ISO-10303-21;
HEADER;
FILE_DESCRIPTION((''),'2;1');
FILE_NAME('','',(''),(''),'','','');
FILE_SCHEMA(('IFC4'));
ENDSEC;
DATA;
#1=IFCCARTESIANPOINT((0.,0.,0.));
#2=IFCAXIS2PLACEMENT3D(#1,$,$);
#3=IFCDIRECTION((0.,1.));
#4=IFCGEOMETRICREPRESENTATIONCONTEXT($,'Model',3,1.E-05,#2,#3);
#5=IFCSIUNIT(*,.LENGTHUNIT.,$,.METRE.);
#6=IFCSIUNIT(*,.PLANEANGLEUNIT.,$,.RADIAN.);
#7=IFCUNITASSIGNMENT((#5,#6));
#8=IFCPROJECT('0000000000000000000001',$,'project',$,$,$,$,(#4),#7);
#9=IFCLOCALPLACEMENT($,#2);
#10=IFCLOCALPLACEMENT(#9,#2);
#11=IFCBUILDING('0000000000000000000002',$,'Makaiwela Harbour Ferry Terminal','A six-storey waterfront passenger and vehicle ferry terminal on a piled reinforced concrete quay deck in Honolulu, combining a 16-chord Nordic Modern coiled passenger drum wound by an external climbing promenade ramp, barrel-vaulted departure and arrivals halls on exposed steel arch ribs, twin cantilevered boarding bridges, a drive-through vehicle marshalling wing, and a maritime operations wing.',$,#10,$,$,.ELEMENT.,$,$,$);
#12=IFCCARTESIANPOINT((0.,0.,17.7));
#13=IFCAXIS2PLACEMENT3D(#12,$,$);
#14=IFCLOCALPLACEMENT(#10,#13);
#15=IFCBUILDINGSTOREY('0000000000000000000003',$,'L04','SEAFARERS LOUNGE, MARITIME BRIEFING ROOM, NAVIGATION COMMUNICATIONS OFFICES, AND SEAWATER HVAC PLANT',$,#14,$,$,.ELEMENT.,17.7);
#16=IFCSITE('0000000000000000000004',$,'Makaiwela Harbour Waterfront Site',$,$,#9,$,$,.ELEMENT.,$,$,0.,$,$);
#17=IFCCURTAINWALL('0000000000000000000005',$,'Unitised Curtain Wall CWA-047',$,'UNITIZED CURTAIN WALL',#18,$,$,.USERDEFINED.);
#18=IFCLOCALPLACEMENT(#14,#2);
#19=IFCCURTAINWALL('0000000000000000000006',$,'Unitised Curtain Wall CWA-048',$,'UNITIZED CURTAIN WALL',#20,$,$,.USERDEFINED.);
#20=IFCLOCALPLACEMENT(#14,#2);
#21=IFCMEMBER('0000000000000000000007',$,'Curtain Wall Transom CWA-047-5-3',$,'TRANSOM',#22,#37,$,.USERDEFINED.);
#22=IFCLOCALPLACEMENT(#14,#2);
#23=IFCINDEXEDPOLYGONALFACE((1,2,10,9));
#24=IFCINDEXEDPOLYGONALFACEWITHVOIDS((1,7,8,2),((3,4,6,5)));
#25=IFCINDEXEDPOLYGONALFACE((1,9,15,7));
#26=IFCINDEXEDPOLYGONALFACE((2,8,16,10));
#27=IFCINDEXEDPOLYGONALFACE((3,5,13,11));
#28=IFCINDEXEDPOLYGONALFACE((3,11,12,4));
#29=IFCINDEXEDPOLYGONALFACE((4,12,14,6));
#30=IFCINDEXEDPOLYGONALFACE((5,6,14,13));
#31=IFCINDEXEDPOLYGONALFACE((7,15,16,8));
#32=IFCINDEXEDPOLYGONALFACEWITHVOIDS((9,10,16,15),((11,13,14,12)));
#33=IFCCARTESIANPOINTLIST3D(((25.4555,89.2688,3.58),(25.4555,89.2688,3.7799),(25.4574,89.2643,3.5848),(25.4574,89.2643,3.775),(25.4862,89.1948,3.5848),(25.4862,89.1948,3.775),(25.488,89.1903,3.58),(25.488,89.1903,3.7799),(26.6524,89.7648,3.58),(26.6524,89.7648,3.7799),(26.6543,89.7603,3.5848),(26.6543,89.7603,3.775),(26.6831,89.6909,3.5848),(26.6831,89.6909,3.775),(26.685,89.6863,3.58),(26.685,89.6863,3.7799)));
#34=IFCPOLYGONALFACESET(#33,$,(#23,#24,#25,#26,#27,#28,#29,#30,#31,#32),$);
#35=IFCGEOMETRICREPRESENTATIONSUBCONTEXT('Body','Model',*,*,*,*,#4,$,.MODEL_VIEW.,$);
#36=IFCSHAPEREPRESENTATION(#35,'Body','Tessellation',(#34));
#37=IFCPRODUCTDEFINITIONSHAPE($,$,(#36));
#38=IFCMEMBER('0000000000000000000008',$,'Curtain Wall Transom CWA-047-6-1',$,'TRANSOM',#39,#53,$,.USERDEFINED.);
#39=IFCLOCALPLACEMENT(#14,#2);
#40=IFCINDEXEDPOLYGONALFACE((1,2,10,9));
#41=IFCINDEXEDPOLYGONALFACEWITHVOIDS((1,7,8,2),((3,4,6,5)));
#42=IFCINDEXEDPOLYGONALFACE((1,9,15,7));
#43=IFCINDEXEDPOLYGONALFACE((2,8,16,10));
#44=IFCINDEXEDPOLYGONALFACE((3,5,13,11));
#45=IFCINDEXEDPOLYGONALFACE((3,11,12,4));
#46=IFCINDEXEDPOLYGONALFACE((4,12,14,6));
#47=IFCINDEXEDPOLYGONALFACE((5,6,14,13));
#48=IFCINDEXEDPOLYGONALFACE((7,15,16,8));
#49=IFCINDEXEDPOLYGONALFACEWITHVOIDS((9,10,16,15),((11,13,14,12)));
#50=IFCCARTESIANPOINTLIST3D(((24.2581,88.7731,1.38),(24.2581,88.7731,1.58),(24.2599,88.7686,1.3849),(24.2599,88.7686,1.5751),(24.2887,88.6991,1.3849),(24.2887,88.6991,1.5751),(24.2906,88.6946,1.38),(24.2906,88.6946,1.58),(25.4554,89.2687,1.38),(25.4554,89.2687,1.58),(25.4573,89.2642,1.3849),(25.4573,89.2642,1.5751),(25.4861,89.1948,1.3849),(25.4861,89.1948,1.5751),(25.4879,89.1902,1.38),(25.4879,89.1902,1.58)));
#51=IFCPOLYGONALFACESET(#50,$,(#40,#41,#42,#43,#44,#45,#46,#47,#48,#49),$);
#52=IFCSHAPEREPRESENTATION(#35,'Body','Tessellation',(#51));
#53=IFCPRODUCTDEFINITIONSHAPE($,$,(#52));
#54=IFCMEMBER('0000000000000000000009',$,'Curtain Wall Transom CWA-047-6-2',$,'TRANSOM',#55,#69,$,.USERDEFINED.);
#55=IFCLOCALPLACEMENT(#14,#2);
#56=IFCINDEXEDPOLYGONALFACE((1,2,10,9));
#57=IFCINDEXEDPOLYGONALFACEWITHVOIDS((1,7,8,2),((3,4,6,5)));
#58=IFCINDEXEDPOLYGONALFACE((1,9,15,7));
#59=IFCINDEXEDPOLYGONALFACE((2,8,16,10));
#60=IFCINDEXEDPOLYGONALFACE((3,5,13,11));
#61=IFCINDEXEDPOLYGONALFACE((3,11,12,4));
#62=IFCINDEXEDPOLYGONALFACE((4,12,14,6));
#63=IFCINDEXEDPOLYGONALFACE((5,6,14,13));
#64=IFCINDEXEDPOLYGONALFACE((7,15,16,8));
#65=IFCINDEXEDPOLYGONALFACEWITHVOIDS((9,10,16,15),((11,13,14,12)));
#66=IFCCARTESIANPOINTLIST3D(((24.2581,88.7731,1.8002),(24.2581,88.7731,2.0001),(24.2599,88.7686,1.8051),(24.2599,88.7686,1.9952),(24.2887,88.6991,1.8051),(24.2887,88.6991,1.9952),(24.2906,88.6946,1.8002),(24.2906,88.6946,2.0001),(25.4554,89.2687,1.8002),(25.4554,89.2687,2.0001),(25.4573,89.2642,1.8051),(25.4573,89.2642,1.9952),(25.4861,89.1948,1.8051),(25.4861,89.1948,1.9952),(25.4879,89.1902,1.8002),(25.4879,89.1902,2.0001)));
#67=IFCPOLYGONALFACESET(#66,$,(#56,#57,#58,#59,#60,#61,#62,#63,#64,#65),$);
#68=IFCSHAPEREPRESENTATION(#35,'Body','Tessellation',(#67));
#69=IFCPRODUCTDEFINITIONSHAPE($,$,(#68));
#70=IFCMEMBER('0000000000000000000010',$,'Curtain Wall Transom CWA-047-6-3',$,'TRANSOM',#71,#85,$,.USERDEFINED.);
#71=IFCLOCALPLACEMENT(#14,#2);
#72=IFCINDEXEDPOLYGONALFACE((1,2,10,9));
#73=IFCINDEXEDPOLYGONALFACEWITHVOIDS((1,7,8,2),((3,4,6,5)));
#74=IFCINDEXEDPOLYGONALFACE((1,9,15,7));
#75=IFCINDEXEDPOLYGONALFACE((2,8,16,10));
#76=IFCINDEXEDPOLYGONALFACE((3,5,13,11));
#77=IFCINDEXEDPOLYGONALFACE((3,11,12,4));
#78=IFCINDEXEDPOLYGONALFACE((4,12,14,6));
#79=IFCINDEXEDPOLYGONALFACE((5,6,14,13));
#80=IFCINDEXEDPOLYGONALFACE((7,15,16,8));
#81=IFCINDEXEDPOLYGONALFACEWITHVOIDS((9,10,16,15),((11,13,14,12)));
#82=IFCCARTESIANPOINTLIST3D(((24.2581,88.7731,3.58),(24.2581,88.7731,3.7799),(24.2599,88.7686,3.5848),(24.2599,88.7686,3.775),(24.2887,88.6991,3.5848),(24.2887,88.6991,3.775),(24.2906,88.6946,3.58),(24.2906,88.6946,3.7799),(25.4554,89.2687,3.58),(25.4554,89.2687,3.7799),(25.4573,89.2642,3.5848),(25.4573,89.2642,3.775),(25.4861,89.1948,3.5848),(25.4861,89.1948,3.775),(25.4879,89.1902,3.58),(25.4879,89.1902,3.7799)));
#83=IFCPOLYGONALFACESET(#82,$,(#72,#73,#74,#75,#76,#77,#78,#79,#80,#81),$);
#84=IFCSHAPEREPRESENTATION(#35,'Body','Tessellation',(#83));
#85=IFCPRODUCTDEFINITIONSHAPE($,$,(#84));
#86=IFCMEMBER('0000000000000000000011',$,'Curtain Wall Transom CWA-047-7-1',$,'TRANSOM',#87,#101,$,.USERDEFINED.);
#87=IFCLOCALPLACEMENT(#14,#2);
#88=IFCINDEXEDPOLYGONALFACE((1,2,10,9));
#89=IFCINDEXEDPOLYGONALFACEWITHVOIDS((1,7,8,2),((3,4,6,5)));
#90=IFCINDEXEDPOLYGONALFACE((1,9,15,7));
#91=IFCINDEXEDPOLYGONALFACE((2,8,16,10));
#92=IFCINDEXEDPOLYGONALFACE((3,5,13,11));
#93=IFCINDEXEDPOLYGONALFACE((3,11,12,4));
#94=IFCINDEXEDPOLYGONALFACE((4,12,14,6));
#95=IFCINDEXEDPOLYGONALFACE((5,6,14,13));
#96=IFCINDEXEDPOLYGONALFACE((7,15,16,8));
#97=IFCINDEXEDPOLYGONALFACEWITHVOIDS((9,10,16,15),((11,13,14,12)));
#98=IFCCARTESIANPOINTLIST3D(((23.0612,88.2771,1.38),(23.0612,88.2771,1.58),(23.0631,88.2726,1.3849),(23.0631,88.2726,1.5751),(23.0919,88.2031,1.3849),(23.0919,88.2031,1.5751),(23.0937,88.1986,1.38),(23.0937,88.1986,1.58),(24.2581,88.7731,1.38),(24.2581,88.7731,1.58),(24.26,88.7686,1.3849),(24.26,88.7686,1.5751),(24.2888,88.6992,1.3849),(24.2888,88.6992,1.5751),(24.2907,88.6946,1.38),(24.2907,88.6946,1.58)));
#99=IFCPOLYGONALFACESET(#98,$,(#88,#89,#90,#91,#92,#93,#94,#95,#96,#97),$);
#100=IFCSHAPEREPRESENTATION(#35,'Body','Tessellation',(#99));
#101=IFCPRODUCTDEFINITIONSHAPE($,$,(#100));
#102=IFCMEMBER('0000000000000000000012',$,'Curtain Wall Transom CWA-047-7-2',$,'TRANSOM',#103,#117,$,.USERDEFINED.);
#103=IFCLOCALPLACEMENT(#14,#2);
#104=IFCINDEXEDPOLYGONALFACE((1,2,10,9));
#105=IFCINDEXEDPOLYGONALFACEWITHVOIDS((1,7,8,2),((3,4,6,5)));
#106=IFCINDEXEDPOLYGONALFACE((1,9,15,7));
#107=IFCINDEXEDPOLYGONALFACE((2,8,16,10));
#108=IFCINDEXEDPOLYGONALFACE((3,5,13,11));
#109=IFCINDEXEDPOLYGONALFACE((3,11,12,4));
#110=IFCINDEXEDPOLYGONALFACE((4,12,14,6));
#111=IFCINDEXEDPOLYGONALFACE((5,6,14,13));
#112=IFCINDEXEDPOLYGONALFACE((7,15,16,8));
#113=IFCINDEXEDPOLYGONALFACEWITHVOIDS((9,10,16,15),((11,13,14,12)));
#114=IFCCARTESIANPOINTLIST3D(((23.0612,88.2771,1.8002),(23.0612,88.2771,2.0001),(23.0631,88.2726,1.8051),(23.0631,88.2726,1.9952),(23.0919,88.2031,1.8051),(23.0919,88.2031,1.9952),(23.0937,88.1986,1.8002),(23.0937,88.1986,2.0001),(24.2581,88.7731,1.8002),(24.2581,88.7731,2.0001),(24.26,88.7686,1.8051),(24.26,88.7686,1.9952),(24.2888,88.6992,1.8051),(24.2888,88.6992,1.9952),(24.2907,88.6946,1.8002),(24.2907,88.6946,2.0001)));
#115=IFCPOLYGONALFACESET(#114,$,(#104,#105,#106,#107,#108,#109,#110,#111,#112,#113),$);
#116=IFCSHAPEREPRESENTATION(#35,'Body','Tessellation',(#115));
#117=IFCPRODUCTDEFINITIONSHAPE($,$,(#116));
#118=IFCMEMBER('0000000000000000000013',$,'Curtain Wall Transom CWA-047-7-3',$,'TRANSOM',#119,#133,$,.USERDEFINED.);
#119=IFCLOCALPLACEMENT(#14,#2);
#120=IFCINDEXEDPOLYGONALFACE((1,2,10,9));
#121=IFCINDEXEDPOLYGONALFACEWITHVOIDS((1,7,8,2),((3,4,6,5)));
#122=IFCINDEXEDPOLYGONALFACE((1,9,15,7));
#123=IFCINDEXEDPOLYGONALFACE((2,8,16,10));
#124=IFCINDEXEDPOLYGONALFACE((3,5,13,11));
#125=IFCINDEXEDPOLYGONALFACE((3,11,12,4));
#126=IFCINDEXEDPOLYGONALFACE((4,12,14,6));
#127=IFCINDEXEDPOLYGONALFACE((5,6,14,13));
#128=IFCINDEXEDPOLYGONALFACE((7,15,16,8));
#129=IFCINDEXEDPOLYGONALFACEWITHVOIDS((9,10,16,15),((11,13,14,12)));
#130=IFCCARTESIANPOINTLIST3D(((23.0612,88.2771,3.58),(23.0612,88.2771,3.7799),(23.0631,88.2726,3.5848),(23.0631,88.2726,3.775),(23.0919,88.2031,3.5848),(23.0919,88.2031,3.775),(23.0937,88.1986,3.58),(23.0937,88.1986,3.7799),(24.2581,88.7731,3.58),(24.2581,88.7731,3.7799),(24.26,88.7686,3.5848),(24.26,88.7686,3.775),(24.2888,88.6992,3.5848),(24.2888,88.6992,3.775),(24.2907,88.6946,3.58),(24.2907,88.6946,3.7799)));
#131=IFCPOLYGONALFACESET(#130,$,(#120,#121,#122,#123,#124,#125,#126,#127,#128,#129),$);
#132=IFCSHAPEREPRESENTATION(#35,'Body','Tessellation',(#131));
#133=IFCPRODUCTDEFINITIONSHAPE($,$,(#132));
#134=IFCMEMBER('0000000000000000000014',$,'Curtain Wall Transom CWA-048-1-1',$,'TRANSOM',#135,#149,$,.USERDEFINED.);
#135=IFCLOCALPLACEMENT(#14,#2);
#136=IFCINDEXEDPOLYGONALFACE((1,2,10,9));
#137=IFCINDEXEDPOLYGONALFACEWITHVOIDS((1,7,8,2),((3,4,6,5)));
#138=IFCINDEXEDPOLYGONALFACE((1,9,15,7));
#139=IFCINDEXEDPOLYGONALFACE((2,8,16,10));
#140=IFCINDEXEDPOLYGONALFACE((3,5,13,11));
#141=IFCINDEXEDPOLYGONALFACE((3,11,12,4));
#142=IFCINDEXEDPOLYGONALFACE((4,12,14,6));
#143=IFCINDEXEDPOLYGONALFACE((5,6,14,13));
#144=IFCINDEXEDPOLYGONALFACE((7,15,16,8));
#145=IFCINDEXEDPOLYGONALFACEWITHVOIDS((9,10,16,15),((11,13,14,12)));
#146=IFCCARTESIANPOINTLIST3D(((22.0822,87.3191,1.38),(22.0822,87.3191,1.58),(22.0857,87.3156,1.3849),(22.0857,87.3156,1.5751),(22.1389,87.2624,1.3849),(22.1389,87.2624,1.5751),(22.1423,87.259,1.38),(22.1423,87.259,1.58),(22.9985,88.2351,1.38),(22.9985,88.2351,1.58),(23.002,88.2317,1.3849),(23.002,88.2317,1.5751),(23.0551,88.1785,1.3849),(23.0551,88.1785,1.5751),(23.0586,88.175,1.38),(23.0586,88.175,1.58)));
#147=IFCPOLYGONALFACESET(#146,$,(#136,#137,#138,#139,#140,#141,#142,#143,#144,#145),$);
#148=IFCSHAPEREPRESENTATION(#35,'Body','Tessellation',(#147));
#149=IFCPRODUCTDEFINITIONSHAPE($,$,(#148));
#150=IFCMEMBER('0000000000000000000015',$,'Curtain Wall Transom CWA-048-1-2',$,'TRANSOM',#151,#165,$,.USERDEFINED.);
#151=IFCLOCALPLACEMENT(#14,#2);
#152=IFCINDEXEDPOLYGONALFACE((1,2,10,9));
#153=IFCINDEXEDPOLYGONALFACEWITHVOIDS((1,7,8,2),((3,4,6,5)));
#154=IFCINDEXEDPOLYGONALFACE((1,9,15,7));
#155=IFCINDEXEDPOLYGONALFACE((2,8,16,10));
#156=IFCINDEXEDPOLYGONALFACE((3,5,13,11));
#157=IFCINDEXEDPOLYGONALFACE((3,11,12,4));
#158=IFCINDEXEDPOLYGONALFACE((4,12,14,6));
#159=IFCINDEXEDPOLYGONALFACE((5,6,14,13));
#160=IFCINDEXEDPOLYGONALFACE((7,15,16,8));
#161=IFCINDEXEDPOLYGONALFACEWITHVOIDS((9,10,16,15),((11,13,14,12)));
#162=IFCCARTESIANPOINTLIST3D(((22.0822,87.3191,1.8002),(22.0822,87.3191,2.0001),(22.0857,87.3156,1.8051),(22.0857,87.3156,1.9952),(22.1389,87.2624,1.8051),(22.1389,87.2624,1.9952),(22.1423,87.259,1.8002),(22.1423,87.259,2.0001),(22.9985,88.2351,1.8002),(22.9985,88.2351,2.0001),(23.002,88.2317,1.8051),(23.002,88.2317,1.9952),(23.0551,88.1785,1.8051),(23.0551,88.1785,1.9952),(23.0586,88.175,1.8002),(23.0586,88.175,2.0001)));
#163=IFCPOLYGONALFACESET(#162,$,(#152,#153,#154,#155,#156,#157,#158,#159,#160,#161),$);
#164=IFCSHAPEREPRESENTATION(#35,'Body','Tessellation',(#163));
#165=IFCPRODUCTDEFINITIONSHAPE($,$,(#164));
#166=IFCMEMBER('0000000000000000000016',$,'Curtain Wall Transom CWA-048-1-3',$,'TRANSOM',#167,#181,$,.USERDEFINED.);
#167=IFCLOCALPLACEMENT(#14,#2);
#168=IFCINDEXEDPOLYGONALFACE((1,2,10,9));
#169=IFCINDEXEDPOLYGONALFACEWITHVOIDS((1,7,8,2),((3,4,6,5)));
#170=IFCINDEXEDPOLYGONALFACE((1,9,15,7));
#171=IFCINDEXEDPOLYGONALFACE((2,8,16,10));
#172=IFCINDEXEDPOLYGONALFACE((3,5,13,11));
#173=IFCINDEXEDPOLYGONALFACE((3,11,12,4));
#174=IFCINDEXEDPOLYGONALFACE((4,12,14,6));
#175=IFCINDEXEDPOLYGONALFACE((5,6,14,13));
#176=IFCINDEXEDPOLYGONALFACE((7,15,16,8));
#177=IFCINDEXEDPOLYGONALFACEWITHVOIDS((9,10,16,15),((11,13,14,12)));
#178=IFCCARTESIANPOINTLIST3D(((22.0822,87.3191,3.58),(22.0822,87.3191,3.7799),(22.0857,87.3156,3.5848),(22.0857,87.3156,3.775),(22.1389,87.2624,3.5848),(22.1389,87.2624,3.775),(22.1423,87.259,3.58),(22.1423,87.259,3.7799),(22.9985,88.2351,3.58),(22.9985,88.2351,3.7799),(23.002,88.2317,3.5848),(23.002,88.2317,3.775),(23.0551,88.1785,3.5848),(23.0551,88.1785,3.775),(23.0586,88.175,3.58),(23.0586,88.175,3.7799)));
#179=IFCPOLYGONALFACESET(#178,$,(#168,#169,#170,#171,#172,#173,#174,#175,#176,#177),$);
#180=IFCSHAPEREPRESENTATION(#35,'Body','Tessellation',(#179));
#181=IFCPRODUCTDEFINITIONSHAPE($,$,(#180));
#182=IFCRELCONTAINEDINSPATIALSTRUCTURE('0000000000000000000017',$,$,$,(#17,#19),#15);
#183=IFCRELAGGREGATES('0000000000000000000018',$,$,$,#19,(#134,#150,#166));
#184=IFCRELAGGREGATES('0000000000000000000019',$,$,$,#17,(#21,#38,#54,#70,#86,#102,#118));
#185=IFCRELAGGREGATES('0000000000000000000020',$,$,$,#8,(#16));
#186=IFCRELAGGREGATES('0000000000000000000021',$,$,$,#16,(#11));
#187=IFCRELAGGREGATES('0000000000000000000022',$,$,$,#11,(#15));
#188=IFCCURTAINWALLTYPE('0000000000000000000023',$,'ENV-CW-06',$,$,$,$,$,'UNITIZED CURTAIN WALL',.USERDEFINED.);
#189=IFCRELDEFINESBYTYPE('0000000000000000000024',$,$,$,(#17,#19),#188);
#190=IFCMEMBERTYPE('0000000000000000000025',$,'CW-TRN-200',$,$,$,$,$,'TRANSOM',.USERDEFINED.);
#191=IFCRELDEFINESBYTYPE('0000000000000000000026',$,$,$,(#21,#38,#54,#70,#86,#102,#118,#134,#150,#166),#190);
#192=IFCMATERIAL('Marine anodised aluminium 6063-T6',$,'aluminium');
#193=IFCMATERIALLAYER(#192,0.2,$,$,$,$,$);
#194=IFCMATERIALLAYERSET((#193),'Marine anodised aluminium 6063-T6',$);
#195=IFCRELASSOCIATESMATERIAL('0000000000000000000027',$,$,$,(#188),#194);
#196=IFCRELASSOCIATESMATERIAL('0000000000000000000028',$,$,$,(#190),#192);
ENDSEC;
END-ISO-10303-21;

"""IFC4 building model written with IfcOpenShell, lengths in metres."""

from ifc_helpers import new_model, si_unit, direction, frame, origin, origin_2d, place, context, subcontext, project, spatial, hollow_rectangle, extrude, material, layer, layer_set, material_profile, profile_set, type_object, element, aggregate, save


model = new_model("IFC4")

# Units and contexts
model_context = context("Model", 3, precision=1e-05, world=origin(), true_north=direction((0.0, 1.0)))
body_context = subcontext(model_context, "Body", "Model", "MODEL_VIEW")
ifc_project = project(units=[si_unit("LENGTHUNIT", "METRE"), si_unit("PLANEANGLEUNIT", "RADIAN")], contexts=[model_context])

# Site, building, storey
site_placement = place(None, origin())
site = spatial("IfcSite", under=ifc_project, at=site_placement, Name="Makaiwela Harbour Waterfront Site", CompositionType="ELEMENT", RefElevation=0.0)
building_placement = place(site_placement, origin())
building = spatial("IfcBuilding", under=site, at=building_placement, Name="Makaiwela Harbour Ferry Terminal", Description="A six-storey waterfront passenger and vehicle ferry terminal on a piled reinforced concrete quay deck in Honolulu, combining a 16-chord Nordic Modern coiled passenger drum wound by an external climbing promenade ramp, barrel-vaulted departure and arrivals halls on exposed steel arch ribs, twin cantilevered boarding bridges, a drive-through vehicle marshalling wing, and a maritime operations wing.", CompositionType="ELEMENT")
storey_placement = place(building_placement, frame((0.0, 0.0, 17.7)))
storey = spatial("IfcBuildingStorey", under=building, at=storey_placement, Name="L04", Description="SEAFARERS LOUNGE, MARITIME BRIEFING ROOM, NAVIGATION COMMUNICATIONS OFFICES, AND SEAWATER HVAC PLANT", CompositionType="ELEMENT", Elevation=17.7)

# Curtain wall
ifc_material_1 = material(Name="Marine anodised aluminium 6063-T6", Category="aluminium")
ifc_layer_1 = layer(ifc_material_1, 0.2)
ifc_layer_set_1 = layer_set([ifc_layer_1], Name="Marine anodised aluminium 6063-T6")
curtain_wall_type = type_object("IfcCurtainWallType", Name="ENV-CW-06", ElementType="UNITIZED CURTAIN WALL", PredefinedType="USERDEFINED", material=ifc_layer_set_1)
curtain_wall_1_placement = place(storey_placement, origin())
curtain_wall_1 = element("IfcCurtainWall", 1, at=curtain_wall_1_placement, inside=storey, type_object=curtain_wall_type, Name="Unitised Curtain Wall CWA-047", ObjectType="UNITIZED CURTAIN WALL", PredefinedType="USERDEFINED")

# Curtain wall
curtain_wall_2_placement = place(storey_placement, origin())
curtain_wall_2 = element("IfcCurtainWall", 2, at=curtain_wall_2_placement, inside=storey, type_object=curtain_wall_type, Name="Unitised Curtain Wall CWA-048", ObjectType="UNITIZED CURTAIN WALL", PredefinedType="USERDEFINED")

# Members
ifc_material_profile_1 = material_profile(ifc_material_1, hollow_rectangle(XDim=0.085, YDim=0.2, WallThickness=0.0049, at=origin_2d()), Name="CWT-200X85")
ifc_profile_set_1 = profile_set([ifc_material_profile_1], Name="Marine anodised aluminium 6063-T6")
member_type_1 = type_object("IfcMemberType", Name="CW-TRN-200", ElementType="TRANSOM", PredefinedType="USERDEFINED", material=ifc_profile_set_1)
member_1_placement = place(storey_placement, frame((26.6687, 89.7256, 3.6799), z_axis=(-0.923806, -0.382862, 0.0), x_axis=(0.382862, -0.923806, 0.0)))
member_1 = element("IfcMember", 3, at=member_1_placement, type_object=member_type_1, Name="Curtain Wall Transom CWA-047-5-3", ObjectType="TRANSOM", PredefinedType="USERDEFINED", context=body_context, shape_type="SweptSolid", body=[
    extrude(hollow_rectangle(XDim=0.085, YDim=0.2, WallThickness=0.0049, at=origin_2d()), origin(), (0.0, 0.0, 1.0), 1.2957),
])
member_2_placement = place(storey_placement, frame((25.4717, 89.2295, 1.48), z_axis=(-0.923966, -0.382474, 0.0), x_axis=(0.382474, -0.923966, 0.0)))
member_2 = element("IfcMember", 4, at=member_2_placement, type_object=member_type_1, Name="Curtain Wall Transom CWA-047-6-1", ObjectType="TRANSOM", PredefinedType="USERDEFINED", context=body_context, shape_type="SweptSolid", body=[
    extrude(hollow_rectangle(XDim=0.085, YDim=0.2, WallThickness=0.0049, at=origin_2d()), origin(), (0.0, 0.0, 1.0), 1.2959),
])
member_3_placement = place(storey_placement, frame((25.4717, 89.2295, 1.9001), z_axis=(-0.923966, -0.382474, 0.0), x_axis=(0.382474, -0.923966, 0.0)))
member_3 = element("IfcMember", 5, at=member_3_placement, type_object=member_type_1, Name="Curtain Wall Transom CWA-047-6-2", ObjectType="TRANSOM", PredefinedType="USERDEFINED", context=body_context, shape_type="SweptSolid", body=[
    extrude(hollow_rectangle(XDim=0.085, YDim=0.2, WallThickness=0.0049, at=origin_2d()), origin(), (0.0, 0.0, 1.0), 1.2959),
])
member_4_placement = place(storey_placement, frame((25.4717, 89.2295, 3.6799), z_axis=(-0.923966, -0.382474, 0.0), x_axis=(0.382474, -0.923966, 0.0)))
member_4 = element("IfcMember", 6, at=member_4_placement, type_object=member_type_1, Name="Curtain Wall Transom CWA-047-6-3", ObjectType="TRANSOM", PredefinedType="USERDEFINED", context=body_context, shape_type="SweptSolid", body=[
    extrude(hollow_rectangle(XDim=0.085, YDim=0.2, WallThickness=0.0049, at=origin_2d()), origin(), (0.0, 0.0, 1.0), 1.2959),
])
member_5_placement = place(storey_placement, frame((24.2744, 88.7339, 1.48), z_axis=(-0.923806, -0.382862, 0.0), x_axis=(0.382862, -0.923806, 0.0)))
member_5 = element("IfcMember", 7, at=member_5_placement, type_object=member_type_1, Name="Curtain Wall Transom CWA-047-7-1", ObjectType="TRANSOM", PredefinedType="USERDEFINED", context=body_context, shape_type="SweptSolid", body=[
    extrude(hollow_rectangle(XDim=0.085, YDim=0.2, WallThickness=0.0049, at=origin_2d()), origin(), (0.0, 0.0, 1.0), 1.2957),
])
member_6_placement = place(storey_placement, frame((24.2744, 88.7339, 1.9001), z_axis=(-0.923806, -0.382862, 0.0), x_axis=(0.382862, -0.923806, 0.0)))
member_6 = element("IfcMember", 8, at=member_6_placement, type_object=member_type_1, Name="Curtain Wall Transom CWA-047-7-2", ObjectType="TRANSOM", PredefinedType="USERDEFINED", context=body_context, shape_type="SweptSolid", body=[
    extrude(hollow_rectangle(XDim=0.085, YDim=0.2, WallThickness=0.0049, at=origin_2d()), origin(), (0.0, 0.0, 1.0), 1.2957),
])
member_7_placement = place(storey_placement, frame((24.2744, 88.7339, 3.6799), z_axis=(-0.923806, -0.382862, 0.0), x_axis=(0.382862, -0.923806, 0.0)))
member_7 = element("IfcMember", 9, at=member_7_placement, type_object=member_type_1, Name="Curtain Wall Transom CWA-047-7-3", ObjectType="TRANSOM", PredefinedType="USERDEFINED", context=body_context, shape_type="SweptSolid", body=[
    extrude(hollow_rectangle(XDim=0.085, YDim=0.2, WallThickness=0.0049, at=origin_2d()), origin(), (0.0, 0.0, 1.0), 1.2957),
])
member_8_placement = place(storey_placement, frame((23.0286, 88.2051, 1.48), z_axis=(-0.707201, -0.707013, 0.0), x_axis=(0.707013, -0.707201, 0.0)))
member_8 = element("IfcMember", 10, at=member_8_placement, type_object=member_type_1, Name="Curtain Wall Transom CWA-048-1-1", ObjectType="TRANSOM", PredefinedType="USERDEFINED", context=body_context, shape_type="SweptSolid", body=[
    extrude(hollow_rectangle(XDim=0.085, YDim=0.2, WallThickness=0.0049, at=origin_2d()), origin(), (0.0, 0.0, 1.0), 1.2957),
])
member_9_placement = place(storey_placement, frame((23.0286, 88.2051, 1.9001), z_axis=(-0.707201, -0.707013, 0.0), x_axis=(0.707013, -0.707201, 0.0)))
member_9 = element("IfcMember", 11, at=member_9_placement, type_object=member_type_1, Name="Curtain Wall Transom CWA-048-1-2", ObjectType="TRANSOM", PredefinedType="USERDEFINED", context=body_context, shape_type="SweptSolid", body=[
    extrude(hollow_rectangle(XDim=0.085, YDim=0.2, WallThickness=0.0049, at=origin_2d()), origin(), (0.0, 0.0, 1.0), 1.2957),
])
member_10_placement = place(storey_placement, frame((23.0286, 88.2051, 3.6799), z_axis=(-0.707201, -0.707013, 0.0), x_axis=(0.707013, -0.707201, 0.0)))
member_10 = element("IfcMember", 12, at=member_10_placement, type_object=member_type_1, Name="Curtain Wall Transom CWA-048-1-3", ObjectType="TRANSOM", PredefinedType="USERDEFINED", context=body_context, shape_type="SweptSolid", body=[
    extrude(hollow_rectangle(XDim=0.085, YDim=0.2, WallThickness=0.0049, at=origin_2d()), origin(), (0.0, 0.0, 1.0), 1.2957),
])
aggregate(curtain_wall_2, [member_8, member_9, member_10])

aggregate(curtain_wall_1, [member_1, member_2, member_3, member_4, member_5, member_6, member_7])

save(model, "model.ifc")
